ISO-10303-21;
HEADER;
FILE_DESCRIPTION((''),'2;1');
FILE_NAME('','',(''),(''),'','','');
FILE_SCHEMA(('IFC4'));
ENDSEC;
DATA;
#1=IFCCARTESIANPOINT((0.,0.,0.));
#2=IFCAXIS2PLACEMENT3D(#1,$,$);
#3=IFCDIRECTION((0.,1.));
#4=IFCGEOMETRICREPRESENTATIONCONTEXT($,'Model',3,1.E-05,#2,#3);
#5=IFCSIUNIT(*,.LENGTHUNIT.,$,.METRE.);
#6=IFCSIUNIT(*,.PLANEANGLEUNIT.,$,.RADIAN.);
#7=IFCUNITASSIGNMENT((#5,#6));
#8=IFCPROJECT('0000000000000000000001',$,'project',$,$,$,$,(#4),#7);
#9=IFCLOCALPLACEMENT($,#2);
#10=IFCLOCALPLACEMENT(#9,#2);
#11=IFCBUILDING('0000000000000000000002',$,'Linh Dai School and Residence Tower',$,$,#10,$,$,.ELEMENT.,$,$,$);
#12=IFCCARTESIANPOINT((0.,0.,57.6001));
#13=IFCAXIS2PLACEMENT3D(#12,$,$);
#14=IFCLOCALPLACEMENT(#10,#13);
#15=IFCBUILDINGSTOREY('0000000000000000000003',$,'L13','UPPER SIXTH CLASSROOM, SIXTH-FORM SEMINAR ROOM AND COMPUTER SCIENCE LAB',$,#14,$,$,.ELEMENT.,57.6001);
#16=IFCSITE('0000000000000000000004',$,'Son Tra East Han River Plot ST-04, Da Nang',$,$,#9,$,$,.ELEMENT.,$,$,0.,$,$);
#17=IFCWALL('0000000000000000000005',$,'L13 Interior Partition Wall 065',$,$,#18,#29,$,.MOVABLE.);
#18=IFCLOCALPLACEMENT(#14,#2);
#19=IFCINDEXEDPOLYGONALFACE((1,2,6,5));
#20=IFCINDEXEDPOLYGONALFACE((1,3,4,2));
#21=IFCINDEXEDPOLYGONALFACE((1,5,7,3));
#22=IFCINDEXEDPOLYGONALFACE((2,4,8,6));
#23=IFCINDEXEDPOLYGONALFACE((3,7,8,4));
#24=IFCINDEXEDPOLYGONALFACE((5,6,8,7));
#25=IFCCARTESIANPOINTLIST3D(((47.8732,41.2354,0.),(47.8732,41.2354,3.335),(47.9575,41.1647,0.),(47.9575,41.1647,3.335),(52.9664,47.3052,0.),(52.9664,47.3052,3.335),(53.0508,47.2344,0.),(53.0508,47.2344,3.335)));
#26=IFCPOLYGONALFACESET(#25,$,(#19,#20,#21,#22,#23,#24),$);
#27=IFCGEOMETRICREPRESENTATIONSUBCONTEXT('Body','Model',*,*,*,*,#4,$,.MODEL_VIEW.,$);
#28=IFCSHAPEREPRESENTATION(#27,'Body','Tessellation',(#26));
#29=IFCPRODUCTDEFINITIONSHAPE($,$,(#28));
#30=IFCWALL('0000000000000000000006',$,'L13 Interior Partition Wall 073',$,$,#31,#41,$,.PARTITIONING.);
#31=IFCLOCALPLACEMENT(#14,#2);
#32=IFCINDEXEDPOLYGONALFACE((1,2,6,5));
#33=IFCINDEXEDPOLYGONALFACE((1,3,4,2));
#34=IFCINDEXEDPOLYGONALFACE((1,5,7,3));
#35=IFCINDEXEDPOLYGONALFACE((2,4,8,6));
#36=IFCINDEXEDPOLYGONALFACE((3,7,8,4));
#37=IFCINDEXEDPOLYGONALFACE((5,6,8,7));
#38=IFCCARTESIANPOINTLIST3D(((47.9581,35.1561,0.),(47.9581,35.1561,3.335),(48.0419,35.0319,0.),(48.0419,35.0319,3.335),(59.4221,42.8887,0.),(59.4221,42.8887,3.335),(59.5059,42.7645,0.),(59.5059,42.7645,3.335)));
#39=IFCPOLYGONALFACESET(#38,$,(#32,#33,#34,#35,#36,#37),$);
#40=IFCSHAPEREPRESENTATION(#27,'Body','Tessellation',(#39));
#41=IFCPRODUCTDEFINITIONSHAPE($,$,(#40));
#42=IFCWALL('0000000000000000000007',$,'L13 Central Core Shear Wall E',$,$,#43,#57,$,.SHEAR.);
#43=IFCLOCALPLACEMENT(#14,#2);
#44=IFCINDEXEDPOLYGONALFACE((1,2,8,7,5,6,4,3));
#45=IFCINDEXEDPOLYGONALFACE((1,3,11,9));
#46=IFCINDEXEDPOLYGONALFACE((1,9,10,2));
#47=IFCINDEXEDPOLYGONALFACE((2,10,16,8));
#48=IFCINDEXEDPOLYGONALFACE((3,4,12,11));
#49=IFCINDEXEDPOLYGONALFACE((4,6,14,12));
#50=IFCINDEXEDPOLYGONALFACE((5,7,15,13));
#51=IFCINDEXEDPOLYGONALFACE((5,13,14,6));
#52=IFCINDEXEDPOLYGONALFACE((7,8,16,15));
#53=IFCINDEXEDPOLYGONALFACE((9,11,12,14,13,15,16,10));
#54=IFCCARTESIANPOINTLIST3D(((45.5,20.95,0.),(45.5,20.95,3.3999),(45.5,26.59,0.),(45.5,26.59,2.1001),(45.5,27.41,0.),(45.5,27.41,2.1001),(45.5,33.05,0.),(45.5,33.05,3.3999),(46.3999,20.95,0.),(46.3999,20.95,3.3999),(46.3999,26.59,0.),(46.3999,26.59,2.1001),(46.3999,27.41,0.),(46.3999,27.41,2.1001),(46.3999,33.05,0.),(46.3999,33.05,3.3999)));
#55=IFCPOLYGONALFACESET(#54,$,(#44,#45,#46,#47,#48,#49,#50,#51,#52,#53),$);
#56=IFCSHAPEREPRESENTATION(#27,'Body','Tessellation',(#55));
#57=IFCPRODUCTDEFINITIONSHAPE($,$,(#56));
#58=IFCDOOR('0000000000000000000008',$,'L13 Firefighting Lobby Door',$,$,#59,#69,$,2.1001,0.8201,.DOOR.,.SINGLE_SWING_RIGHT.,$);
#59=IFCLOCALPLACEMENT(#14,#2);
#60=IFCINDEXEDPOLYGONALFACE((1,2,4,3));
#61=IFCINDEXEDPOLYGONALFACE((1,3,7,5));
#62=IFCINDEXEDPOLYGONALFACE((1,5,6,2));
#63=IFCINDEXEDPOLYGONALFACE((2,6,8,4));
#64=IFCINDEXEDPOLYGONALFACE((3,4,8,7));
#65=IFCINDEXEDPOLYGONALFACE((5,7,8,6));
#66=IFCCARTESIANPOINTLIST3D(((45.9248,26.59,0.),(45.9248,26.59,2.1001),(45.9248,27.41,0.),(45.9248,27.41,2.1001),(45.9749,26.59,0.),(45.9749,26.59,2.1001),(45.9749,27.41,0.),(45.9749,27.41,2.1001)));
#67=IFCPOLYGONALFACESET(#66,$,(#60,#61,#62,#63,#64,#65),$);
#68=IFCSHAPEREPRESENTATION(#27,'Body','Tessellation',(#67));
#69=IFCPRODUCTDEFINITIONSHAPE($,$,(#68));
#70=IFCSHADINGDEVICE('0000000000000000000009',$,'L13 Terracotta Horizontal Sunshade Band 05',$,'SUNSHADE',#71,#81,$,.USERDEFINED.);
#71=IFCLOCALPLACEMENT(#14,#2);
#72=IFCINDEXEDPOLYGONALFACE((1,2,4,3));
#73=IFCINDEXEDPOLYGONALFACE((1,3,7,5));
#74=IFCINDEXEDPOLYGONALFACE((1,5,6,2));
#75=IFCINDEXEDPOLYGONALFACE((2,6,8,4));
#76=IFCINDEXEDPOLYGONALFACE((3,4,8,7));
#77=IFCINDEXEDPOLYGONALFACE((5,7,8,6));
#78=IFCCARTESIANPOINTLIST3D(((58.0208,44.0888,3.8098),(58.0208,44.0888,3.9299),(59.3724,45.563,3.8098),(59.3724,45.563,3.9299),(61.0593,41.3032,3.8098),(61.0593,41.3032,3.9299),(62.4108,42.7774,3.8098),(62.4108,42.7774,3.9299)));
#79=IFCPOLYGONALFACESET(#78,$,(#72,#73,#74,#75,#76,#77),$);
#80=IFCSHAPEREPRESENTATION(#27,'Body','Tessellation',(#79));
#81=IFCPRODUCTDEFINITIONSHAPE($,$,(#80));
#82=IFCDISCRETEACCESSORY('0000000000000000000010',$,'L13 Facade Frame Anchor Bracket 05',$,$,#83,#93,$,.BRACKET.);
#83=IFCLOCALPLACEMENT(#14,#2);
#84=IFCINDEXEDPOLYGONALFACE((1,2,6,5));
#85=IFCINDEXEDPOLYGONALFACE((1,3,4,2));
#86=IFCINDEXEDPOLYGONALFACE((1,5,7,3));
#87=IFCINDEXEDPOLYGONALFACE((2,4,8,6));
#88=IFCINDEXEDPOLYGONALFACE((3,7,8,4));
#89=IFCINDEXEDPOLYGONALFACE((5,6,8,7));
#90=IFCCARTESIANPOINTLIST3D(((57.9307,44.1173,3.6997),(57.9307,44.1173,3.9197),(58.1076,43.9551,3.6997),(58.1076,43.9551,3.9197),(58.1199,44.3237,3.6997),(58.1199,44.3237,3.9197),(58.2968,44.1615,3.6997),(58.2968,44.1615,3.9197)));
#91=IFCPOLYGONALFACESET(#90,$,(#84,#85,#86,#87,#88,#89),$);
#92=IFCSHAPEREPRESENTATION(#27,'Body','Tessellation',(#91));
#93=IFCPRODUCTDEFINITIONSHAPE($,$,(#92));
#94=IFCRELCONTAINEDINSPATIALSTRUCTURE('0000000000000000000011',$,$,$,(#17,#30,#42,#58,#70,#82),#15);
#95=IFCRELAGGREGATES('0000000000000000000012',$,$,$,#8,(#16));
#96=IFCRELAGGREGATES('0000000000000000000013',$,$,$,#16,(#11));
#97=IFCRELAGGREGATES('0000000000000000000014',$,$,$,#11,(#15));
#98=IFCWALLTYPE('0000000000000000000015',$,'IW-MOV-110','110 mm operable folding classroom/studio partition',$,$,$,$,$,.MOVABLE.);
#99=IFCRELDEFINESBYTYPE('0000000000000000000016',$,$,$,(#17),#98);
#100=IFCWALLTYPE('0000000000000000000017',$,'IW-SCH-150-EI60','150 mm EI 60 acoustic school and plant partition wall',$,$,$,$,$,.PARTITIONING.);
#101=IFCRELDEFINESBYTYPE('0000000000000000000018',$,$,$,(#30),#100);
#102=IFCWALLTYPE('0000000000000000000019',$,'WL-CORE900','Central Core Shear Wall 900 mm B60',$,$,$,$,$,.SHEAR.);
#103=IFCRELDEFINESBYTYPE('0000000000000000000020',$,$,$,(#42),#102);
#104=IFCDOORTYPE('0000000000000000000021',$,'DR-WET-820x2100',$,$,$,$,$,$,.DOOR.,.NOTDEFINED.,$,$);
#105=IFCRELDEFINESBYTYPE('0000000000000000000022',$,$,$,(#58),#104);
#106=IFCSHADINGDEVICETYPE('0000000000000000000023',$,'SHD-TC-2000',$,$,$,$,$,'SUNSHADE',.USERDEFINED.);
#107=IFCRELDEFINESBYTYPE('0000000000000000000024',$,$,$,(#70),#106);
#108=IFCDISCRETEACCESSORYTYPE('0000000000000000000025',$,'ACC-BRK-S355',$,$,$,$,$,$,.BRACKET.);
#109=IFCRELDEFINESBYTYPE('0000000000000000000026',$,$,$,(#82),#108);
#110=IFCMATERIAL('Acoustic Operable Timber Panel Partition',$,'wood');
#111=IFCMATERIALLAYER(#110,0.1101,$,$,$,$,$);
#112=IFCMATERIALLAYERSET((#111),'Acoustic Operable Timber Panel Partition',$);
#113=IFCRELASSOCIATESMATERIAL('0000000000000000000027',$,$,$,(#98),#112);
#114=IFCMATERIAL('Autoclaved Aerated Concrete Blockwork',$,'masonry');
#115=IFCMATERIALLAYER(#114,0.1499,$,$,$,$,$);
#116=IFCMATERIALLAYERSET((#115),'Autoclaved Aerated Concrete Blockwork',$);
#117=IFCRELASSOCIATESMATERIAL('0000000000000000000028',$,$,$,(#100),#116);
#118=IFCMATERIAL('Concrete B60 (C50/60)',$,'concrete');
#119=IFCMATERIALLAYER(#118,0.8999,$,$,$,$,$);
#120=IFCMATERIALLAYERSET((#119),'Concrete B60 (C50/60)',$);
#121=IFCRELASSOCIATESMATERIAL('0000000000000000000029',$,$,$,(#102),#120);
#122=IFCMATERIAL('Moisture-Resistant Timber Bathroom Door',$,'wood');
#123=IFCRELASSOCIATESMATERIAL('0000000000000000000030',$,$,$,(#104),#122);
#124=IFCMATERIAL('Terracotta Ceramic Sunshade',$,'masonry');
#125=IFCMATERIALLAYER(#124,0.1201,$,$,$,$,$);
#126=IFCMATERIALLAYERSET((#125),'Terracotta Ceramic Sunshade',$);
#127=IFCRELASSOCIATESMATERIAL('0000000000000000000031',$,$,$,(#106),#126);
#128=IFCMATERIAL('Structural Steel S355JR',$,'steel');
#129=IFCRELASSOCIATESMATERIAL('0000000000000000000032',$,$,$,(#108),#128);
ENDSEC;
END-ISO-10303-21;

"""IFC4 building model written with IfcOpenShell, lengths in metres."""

from ifc_helpers import new_model, si_unit, direction, frame, frame_2d, origin, origin_2d, place, context, subcontext, project, spatial, rectangle, extrude, source, transform, mapped, material, layer, layer_set, type_object, element, fill, save


model = new_model("IFC4")

# Units and contexts
model_context = context("Model", 3, precision=1e-05, world=origin(), true_north=direction((0.0, 1.0)))
body_context = subcontext(model_context, "Body", "Model", "MODEL_VIEW")
ifc_project = project(units=[si_unit("LENGTHUNIT", "METRE"), si_unit("PLANEANGLEUNIT", "RADIAN")], contexts=[model_context])

# Site, building, storey
site_placement = place(None, origin())
site = spatial("IfcSite", under=ifc_project, at=site_placement, Name="Son Tra East Han River Plot ST-04, Da Nang", CompositionType="ELEMENT", RefElevation=0.0)
building_placement = place(site_placement, origin())
building = spatial("IfcBuilding", under=site, at=building_placement, Name="Linh Dai School and Residence Tower", CompositionType="ELEMENT")
storey_placement = place(building_placement, frame((0.0, 0.0, 57.6001)))
storey = spatial("IfcBuildingStorey", under=building, at=storey_placement, Name="L13", Description="UPPER SIXTH CLASSROOM, SIXTH-FORM SEMINAR ROOM AND COMPUTER SCIENCE LAB", CompositionType="ELEMENT", Elevation=57.6001)

# Shared definitions
ifc_material_1 = material(Name="Concrete B60 (C50/60)", Category="concrete")
ifc_material_2 = material(Name="Structural Steel S355JR", Category="steel")

# Walls
ifc_material_3 = material(Name="Autoclaved Aerated Concrete Blockwork", Category="masonry")
ifc_material_4 = material(Name="Acoustic Operable Timber Panel Partition", Category="wood")
ifc_layer_1 = layer(ifc_material_4, 0.1101)
ifc_layer_set_1 = layer_set([ifc_layer_1], Name="Acoustic Operable Timber Panel Partition")
wall_type_1 = type_object("IfcWallType", Name="IW-MOV-110", Description="110 mm operable folding classroom/studio partition", PredefinedType="MOVABLE", material=ifc_layer_set_1)
wall_1_placement = place(storey_placement, frame((47.9153, 41.2, 0.0), z_axis=(0.0, 0.0, 1.0), x_axis=(0.642793, 0.76604, 0.0)))
element("IfcWall", 1, at=wall_1_placement, inside=storey, type_object=wall_type_1, Name="L13 Interior Partition Wall 065", PredefinedType="MOVABLE", context=body_context, shape_type="SweptSolid", body=[
    extrude(rectangle(XDim=7.9236, YDim=0.1101, at=frame_2d((3.9619, 0.0))), origin(), (0.0, 0.0, 1.0), 3.335),
])
ifc_layer_2 = layer(ifc_material_3, 0.1499)
ifc_layer_set_2 = layer_set([ifc_layer_2], Name="Autoclaved Aerated Concrete Blockwork")
wall_type_2 = type_object("IfcWallType", Name="IW-SCH-150-EI60", Description="150 mm EI 60 acoustic school and plant partition wall", PredefinedType="PARTITIONING", material=ifc_layer_set_2)
wall_2_placement = place(storey_placement, frame((48.0, 35.094, 0.0), z_axis=(0.0, 0.0, 1.0), x_axis=(0.829037, 0.559194, 0.0)))
element("IfcWall", 2, at=wall_2_placement, inside=storey, type_object=wall_type_2, Name="L13 Interior Partition Wall 073", PredefinedType="PARTITIONING", context=body_context, shape_type="SweptSolid", body=[
    extrude(rectangle(XDim=13.8281, YDim=0.1499, at=frame_2d((6.9141, 0.0))), origin(), (0.0, 0.0, 1.0), 3.335),
])

# Wall, opening, door
ifc_layer_3 = layer(ifc_material_1, 0.8999)
ifc_layer_set_3 = layer_set([ifc_layer_3], Name="Concrete B60 (C50/60)")
wall_type_3 = type_object("IfcWallType", Name="WL-CORE900", Description="Central Core Shear Wall 900 mm B60", PredefinedType="SHEAR", material=ifc_layer_set_3)
wall_3_placement = place(storey_placement, frame((45.95, 33.05, 0.0), z_axis=(0.0, 0.0, 1.0), x_axis=(0.0, -1.0, 0.0)))
wall_3 = element("IfcWall", 3, at=wall_3_placement, inside=storey, type_object=wall_type_3, Name="L13 Central Core Shear Wall E", PredefinedType="SHEAR", context=body_context, shape_type="SweptSolid", body=[
    extrude(rectangle(XDim=12.1001, YDim=0.8999, at=frame_2d((6.05, 0.0))), origin(), (0.0, 0.0, 1.0), 3.3999),
])
opening_1_placement = place(wall_3_placement, frame((5.6399, 0.0, 0.0)))
opening_1 = element("IfcOpeningElement", 4, at=opening_1_placement, cuts=wall_3, PredefinedType="OPENING", context=body_context, shape_type="SweptSolid", body=[
    extrude(rectangle(XDim=0.8201, YDim=2.1001, at=origin_2d()), frame((0.4102, 0.46, 1.05), z_axis=(0.0, -1.0, 0.0), x_axis=(1.0, 0.0, 0.0)), (0.0, 0.0, 1.0), 0.9199),
])
ifc_material_5 = material(Name="Moisture-Resistant Timber Bathroom Door", Category="wood")
door_type = type_object("IfcDoorType", Name="DR-WET-820x2100", OperationType="NOTDEFINED", PredefinedType="DOOR", material=ifc_material_5)
shared_shape_1 = source(origin(), body_context, "Body", "SweptSolid", [
    extrude(rectangle(XDim=0.8201, YDim=2.1001, at=origin_2d()), frame((0.4102, 0.0249, 1.05), z_axis=(0.0, -1.0, 0.0), x_axis=(1.0, 0.0, 0.0)), (0.0, 0.0, 1.0), 0.05),
])
door_placement = place(opening_1_placement, origin())
door = element("IfcDoor", 5, at=door_placement, inside=storey, type_object=door_type, Name="L13 Firefighting Lobby Door", OperationType="SINGLE_SWING_RIGHT", OverallHeight=2.1001, OverallWidth=0.8201, PredefinedType="DOOR", context=body_context, shape_type="MappedRepresentation", body=[
    mapped(shared_shape_1, transform((0.0, 0.0, 0.0), x_axis=(1.0, 0.0, 0.0), y_axis=(0.0, 1.0, 0.0), z_axis=(0.0, 0.0, 1.0), scale=1.0)),
])
fill(opening_1, door)

# Shading device
ifc_material_6 = material(Name="Terracotta Ceramic Sunshade", Category="masonry")
ifc_layer_4 = layer(ifc_material_6, 0.1201)
ifc_layer_set_4 = layer_set([ifc_layer_4], Name="Terracotta Ceramic Sunshade")
shading_device_type = type_object("IfcShadingDeviceType", Name="SHD-TC-2000", ElementType="SUNSHADE", PredefinedType="USERDEFINED", material=ifc_layer_set_4)
shared_shape_2 = source(origin(), body_context, "Body", "SweptSolid", [
    extrude(rectangle(XDim=4.1221, YDim=2.0, at=origin_2d()), origin(), (0.0, 0.0, 1.0), 0.1201),
])
shading_device_placement = place(storey_placement, frame((60.2158, 43.4331, 3.8098), z_axis=(0.0, 0.0, 1.0), x_axis=(0.737113, -0.675769, 0.0)))
element("IfcShadingDevice", 6, at=shading_device_placement, inside=storey, type_object=shading_device_type, Name="L13 Terracotta Horizontal Sunshade Band 05", ObjectType="SUNSHADE", PredefinedType="USERDEFINED", context=body_context, shape_type="MappedRepresentation", body=[
    mapped(shared_shape_2, transform((0.0, 0.0, 0.0), x_axis=(1.0, 0.0, 0.0), y_axis=(0.0, 1.0, 0.0), z_axis=(0.0, 0.0, 1.0), scale=1.0)),
])

# Discrete accessory
discrete_accessory_type = type_object("IfcDiscreteAccessoryType", Name="ACC-BRK-S355", PredefinedType="BRACKET", material=ifc_material_2)
shared_shape_3 = source(origin(), body_context, "Body", "SweptSolid", [
    extrude(rectangle(XDim=0.28, YDim=0.24, at=origin_2d()), origin(), (0.0, 0.0, 1.0), 0.22),
])
discrete_accessory_placement = place(storey_placement, frame((58.1138, 44.1394, 3.6997), z_axis=(0.0, 0.0, 1.0), x_axis=(0.675769, 0.737113, 0.0)))
element("IfcDiscreteAccessory", 7, at=discrete_accessory_placement, inside=storey, type_object=discrete_accessory_type, Name="L13 Facade Frame Anchor Bracket 05", PredefinedType="BRACKET", context=body_context, shape_type="MappedRepresentation", body=[
    mapped(shared_shape_3, transform((0.0, 0.0, 0.0), x_axis=(1.0, 0.0, 0.0), y_axis=(0.0, 1.0, 0.0), z_axis=(0.0, 0.0, 1.0), scale=1.0)),
])

save(model, "model.ifc")
